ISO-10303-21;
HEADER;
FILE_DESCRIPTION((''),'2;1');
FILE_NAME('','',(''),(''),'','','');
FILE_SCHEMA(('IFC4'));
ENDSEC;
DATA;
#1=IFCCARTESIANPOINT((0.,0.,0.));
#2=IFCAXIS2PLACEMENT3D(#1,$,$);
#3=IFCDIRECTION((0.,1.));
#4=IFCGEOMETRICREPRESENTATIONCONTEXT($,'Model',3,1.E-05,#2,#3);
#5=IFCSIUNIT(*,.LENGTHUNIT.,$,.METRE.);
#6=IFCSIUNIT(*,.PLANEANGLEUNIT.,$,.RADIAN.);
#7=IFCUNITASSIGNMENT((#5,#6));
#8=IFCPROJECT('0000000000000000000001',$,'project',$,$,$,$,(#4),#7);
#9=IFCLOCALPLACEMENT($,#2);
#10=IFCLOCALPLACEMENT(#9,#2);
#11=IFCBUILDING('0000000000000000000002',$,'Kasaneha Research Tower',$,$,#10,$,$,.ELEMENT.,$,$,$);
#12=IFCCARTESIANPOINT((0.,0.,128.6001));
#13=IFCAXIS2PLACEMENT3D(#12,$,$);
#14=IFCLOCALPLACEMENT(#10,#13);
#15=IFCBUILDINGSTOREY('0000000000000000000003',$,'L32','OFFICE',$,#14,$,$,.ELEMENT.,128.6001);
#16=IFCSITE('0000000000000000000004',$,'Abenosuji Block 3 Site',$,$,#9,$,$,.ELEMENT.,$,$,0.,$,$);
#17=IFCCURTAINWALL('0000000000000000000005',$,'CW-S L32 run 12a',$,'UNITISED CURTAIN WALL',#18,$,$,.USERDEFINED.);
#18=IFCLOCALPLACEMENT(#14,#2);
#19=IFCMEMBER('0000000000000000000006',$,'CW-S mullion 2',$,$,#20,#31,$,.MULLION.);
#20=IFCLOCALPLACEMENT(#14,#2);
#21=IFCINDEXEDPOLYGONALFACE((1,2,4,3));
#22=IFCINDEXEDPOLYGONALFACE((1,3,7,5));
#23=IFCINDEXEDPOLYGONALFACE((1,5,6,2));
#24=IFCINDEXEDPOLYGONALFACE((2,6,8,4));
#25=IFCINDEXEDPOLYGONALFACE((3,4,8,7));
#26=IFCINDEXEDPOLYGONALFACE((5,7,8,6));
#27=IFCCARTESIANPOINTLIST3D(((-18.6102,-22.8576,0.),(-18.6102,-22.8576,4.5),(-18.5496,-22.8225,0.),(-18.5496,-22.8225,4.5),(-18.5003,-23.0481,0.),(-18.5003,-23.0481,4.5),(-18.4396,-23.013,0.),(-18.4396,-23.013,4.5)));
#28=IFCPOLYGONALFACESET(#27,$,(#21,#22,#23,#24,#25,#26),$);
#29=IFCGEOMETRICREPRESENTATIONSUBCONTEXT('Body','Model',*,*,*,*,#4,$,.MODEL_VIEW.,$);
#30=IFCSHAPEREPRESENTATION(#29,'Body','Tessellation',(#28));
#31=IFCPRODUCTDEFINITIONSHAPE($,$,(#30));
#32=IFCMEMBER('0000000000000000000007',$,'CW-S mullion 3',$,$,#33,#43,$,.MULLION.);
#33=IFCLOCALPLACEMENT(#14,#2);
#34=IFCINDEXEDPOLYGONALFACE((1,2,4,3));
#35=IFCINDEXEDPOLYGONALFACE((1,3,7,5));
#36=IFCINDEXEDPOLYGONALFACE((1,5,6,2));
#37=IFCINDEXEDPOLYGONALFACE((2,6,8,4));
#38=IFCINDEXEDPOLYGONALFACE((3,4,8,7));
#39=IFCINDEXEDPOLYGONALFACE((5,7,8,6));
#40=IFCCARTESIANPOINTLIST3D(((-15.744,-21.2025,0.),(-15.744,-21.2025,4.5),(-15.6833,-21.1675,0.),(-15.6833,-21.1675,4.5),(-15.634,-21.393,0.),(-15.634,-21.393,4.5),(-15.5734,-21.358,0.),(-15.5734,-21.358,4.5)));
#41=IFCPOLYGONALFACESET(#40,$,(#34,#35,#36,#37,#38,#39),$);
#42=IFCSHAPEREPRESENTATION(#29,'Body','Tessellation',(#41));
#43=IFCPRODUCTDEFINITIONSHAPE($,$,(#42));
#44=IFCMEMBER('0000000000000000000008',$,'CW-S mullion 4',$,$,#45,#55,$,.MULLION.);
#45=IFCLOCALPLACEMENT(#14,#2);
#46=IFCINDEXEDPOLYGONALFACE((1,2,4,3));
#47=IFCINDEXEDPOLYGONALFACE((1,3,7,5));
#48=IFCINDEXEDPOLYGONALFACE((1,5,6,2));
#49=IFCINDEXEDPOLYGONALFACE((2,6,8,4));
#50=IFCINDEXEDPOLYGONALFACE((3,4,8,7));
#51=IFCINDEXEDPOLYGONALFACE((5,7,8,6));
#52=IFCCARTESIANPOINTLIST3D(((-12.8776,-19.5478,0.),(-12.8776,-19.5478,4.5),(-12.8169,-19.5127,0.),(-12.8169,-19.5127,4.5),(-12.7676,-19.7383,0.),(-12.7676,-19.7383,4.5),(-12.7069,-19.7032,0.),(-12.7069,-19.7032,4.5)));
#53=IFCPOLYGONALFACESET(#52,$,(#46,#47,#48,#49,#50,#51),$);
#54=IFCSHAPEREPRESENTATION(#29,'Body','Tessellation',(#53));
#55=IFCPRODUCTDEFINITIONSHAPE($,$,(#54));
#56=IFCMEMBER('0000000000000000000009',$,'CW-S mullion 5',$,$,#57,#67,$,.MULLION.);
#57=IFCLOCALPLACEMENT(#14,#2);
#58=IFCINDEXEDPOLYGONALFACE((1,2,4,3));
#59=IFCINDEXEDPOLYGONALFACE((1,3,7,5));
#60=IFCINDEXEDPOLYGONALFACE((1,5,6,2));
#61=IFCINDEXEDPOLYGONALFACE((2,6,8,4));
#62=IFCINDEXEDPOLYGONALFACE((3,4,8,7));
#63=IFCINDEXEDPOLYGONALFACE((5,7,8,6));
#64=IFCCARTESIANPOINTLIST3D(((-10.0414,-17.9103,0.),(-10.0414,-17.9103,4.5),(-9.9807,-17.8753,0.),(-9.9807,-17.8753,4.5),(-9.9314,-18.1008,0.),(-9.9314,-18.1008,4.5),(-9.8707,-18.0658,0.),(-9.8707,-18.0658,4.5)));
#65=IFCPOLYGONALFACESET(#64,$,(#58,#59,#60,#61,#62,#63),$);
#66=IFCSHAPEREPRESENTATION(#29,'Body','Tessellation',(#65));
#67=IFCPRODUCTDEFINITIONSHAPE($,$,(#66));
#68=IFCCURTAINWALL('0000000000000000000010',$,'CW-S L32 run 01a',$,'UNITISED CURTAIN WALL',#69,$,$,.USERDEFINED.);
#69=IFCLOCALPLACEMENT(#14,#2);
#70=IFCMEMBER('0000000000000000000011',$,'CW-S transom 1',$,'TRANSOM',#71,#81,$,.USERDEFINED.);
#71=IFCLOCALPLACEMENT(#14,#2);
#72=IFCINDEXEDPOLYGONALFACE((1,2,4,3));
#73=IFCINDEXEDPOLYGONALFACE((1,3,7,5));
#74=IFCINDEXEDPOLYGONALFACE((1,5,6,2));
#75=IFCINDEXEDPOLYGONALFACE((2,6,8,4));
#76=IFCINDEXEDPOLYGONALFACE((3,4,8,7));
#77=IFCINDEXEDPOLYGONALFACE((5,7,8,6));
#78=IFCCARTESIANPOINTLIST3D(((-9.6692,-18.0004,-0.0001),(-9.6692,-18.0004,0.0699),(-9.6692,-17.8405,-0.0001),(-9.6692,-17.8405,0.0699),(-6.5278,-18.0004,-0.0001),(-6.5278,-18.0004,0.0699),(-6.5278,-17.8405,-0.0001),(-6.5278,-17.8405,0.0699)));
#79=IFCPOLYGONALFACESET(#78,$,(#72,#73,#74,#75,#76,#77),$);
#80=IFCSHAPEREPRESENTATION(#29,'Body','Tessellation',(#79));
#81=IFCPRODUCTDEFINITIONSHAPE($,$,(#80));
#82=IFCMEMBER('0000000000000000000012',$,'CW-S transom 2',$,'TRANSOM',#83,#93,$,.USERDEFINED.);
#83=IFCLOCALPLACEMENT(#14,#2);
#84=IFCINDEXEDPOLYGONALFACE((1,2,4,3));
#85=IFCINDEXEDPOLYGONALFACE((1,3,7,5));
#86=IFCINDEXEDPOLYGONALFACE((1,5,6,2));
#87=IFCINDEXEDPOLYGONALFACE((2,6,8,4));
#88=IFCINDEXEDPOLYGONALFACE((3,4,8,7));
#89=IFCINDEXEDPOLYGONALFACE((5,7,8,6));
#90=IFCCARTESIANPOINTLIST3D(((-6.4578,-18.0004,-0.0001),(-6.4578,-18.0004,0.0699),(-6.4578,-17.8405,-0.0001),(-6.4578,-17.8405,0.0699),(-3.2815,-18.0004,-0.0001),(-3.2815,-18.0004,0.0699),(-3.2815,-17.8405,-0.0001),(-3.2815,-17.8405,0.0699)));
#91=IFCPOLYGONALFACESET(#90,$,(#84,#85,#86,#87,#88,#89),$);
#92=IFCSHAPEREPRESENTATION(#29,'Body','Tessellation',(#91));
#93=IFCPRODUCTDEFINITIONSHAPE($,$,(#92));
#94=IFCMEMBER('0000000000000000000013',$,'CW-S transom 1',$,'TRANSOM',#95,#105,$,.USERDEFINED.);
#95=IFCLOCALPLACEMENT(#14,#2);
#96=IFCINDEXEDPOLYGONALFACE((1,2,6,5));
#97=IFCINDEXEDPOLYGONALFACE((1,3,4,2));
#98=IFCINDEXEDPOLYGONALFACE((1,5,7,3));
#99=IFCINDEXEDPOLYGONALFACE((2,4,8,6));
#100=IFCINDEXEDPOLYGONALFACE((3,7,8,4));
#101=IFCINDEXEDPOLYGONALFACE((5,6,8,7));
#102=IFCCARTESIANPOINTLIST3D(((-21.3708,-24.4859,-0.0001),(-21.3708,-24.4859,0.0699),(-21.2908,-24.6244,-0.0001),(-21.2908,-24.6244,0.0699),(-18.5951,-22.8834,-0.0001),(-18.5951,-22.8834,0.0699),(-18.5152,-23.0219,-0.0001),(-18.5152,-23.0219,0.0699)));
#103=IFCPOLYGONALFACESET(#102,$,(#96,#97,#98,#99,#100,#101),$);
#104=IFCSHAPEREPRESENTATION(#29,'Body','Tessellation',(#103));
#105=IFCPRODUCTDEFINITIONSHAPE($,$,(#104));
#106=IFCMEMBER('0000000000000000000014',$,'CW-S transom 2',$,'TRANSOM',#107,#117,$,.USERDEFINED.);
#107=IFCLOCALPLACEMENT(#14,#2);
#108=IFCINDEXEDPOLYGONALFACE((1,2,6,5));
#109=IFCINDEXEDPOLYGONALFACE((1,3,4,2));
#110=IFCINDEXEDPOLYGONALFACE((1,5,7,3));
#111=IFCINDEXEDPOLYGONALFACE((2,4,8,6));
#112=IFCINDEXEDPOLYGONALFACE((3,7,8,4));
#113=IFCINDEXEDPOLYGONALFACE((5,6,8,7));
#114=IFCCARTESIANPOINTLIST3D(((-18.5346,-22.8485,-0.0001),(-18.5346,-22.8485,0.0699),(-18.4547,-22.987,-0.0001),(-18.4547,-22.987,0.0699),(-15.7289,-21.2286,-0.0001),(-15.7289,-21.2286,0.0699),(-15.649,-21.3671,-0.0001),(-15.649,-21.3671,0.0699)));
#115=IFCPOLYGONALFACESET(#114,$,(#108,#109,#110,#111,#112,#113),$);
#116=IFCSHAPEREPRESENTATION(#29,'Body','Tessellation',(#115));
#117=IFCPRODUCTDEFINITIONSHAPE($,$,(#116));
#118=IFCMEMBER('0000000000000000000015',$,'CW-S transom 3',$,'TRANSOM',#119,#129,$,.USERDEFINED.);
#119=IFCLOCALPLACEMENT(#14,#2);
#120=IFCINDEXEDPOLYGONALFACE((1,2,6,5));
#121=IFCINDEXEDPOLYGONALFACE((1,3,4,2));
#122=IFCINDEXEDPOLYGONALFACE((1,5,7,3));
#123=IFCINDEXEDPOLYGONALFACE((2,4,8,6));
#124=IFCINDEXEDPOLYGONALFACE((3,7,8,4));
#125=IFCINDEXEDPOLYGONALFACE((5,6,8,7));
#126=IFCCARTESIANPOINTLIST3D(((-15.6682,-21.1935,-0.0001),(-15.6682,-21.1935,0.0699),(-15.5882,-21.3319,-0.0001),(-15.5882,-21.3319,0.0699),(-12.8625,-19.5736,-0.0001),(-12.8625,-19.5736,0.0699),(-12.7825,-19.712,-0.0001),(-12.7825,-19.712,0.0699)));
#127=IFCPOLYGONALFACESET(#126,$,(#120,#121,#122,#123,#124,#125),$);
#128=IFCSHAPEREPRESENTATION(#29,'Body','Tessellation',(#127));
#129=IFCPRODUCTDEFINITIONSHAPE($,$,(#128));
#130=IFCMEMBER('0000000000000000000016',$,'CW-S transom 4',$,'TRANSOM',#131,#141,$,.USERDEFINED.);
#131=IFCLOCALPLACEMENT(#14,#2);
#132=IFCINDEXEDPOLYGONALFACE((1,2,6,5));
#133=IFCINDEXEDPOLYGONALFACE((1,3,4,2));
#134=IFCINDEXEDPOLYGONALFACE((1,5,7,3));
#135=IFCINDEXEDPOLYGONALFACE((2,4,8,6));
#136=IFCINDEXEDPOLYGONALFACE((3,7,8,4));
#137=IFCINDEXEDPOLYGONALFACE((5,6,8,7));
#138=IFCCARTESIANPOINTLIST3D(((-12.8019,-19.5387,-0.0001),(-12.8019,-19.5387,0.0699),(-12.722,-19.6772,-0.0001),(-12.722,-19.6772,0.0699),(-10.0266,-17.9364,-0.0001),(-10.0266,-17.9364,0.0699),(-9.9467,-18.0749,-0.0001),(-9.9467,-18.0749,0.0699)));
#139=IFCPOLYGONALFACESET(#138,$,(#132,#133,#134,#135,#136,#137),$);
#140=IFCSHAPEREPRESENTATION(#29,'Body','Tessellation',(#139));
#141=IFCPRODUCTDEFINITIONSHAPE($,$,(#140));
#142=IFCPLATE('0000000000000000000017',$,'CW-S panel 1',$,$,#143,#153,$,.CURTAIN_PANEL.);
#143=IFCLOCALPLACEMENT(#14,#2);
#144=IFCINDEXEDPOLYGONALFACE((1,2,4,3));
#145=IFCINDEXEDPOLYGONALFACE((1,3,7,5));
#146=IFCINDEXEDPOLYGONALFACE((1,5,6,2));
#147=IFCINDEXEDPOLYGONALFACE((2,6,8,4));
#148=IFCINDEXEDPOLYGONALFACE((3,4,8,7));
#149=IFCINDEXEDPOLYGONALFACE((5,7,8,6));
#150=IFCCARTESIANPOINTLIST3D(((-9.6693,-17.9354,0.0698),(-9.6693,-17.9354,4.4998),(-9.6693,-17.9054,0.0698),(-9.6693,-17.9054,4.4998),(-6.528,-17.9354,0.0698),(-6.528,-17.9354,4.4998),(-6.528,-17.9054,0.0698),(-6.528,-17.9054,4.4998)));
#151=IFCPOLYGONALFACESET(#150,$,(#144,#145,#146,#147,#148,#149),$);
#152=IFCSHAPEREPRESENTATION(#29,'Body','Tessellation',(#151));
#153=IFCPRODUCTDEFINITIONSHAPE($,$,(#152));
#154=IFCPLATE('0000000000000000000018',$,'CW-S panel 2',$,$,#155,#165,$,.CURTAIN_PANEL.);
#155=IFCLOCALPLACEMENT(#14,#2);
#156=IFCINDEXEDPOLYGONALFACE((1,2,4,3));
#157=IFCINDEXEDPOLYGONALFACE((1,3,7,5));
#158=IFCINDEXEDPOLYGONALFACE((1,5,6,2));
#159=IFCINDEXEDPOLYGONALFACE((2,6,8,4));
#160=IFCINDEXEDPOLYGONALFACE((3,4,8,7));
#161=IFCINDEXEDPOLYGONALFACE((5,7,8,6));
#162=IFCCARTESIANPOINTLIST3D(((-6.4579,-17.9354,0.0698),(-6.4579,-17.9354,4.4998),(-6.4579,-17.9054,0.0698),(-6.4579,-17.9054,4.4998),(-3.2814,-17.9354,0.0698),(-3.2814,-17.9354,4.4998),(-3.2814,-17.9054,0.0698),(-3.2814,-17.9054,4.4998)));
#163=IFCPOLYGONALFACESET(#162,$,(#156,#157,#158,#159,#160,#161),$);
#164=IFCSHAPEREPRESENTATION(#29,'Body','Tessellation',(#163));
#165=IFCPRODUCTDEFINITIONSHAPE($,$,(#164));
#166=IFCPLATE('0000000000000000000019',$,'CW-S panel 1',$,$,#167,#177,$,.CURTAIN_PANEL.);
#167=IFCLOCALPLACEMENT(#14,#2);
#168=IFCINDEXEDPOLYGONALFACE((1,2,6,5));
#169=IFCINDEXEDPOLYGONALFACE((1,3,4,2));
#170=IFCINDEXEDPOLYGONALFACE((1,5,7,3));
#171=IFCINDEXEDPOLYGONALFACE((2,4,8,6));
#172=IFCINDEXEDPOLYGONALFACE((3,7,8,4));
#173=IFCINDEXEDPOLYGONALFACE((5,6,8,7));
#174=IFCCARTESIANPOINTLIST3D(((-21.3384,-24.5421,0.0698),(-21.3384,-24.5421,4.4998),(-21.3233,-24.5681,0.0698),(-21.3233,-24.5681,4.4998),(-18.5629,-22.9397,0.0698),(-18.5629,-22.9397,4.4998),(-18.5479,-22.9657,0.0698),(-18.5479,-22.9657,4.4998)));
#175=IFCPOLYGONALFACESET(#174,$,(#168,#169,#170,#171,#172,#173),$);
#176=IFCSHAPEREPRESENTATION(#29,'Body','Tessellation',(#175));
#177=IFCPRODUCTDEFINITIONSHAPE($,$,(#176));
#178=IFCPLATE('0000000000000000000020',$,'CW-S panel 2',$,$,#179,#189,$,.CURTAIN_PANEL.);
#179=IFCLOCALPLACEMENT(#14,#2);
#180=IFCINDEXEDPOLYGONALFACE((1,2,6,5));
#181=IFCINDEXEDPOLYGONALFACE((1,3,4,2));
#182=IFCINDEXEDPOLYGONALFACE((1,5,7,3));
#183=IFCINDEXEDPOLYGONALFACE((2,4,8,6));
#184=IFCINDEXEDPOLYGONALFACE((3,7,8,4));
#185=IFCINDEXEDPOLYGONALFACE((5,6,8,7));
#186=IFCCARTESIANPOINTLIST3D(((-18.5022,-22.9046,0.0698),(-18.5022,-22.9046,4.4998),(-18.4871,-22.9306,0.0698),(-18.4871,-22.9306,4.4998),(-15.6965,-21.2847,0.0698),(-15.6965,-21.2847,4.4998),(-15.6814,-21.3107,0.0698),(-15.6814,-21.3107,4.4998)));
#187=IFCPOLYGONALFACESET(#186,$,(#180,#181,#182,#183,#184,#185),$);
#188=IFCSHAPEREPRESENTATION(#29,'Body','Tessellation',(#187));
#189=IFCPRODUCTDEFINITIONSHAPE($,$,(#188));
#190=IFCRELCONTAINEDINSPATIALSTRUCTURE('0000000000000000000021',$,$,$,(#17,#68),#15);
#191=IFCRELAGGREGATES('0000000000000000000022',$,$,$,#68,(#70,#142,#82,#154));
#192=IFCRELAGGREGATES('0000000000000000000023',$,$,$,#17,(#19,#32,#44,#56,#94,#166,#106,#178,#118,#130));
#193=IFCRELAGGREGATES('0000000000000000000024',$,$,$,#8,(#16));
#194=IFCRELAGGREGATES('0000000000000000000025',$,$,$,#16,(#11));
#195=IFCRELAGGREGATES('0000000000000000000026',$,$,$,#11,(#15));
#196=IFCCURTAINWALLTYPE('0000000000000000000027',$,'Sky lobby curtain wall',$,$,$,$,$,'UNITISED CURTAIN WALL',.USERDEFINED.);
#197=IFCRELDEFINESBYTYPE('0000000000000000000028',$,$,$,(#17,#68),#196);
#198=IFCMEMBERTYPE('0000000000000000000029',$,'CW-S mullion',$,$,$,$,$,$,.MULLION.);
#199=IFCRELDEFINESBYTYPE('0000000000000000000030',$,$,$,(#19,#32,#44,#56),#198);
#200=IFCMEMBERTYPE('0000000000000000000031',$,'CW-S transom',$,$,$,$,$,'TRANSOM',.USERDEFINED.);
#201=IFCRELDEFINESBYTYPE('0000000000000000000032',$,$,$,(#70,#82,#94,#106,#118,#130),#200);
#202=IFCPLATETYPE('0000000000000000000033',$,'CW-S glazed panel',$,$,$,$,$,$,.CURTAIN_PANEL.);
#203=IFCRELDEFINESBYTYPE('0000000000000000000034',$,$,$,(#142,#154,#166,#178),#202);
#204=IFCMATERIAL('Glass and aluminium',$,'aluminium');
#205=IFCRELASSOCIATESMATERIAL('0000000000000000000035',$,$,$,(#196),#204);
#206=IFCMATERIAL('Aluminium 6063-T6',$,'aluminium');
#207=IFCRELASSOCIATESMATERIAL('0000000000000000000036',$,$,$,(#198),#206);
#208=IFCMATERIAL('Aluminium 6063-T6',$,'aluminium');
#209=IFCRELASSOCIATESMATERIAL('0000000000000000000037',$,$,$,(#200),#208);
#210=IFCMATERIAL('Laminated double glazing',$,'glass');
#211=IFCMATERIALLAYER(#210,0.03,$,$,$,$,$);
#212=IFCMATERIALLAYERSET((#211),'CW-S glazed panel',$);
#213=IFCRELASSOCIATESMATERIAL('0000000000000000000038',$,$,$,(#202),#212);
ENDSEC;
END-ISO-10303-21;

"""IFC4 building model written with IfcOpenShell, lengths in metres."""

from ifc_helpers import new_model, si_unit, direction, frame, origin, origin_2d, place, context, subcontext, project, spatial, rectangle, extrude, material, layer, layer_set, material_profile, profile_set, type_object, element, aggregate, save


model = new_model("IFC4")

# Units and contexts
model_context = context("Model", 3, precision=1e-05, world=origin(), true_north=direction((0.0, 1.0)))
body_context = subcontext(model_context, "Body", "Model", "MODEL_VIEW")
ifc_project = project(units=[si_unit("LENGTHUNIT", "METRE"), si_unit("PLANEANGLEUNIT", "RADIAN")], contexts=[model_context])

# Site, building, storey
site_placement = place(None, origin())
site = spatial("IfcSite", under=ifc_project, at=site_placement, Name="Abenosuji Block 3 Site", CompositionType="ELEMENT", RefElevation=0.0)
building_placement = place(site_placement, origin())
building = spatial("IfcBuilding", under=site, at=building_placement, Name="Kasaneha Research Tower", CompositionType="ELEMENT")
storey_placement = place(building_placement, frame((0.0, 0.0, 128.6001)))
storey = spatial("IfcBuildingStorey", under=building, at=storey_placement, Name="L32", Description="OFFICE", CompositionType="ELEMENT", Elevation=128.6001)

# Curtain walls, members
ifc_material_1 = material(Name="Glass and aluminium", Category="aluminium")
curtain_wall_type = type_object("IfcCurtainWallType", Name="Sky lobby curtain wall", ElementType="UNITISED CURTAIN WALL", PredefinedType="USERDEFINED", material=ifc_material_1)
curtain_wall_1_placement = place(storey_placement, origin())
curtain_wall_1 = element("IfcCurtainWall", 1, at=curtain_wall_1_placement, inside=storey, type_object=curtain_wall_type, Name="CW-S L32 run 12a", ObjectType="UNITISED CURTAIN WALL", PredefinedType="USERDEFINED")
ifc_material_2 = material(Name="Aluminium 6063-T6", Category="aluminium")
ifc_material_profile_1 = material_profile(ifc_material_2, rectangle(XDim=0.0701, YDim=0.22, at=origin_2d()), Name="CW-S mullion 70x220")
ifc_profile_set_1 = profile_set([ifc_material_profile_1], Name="Aluminium 6063-T6")
member_type_1 = type_object("IfcMemberType", Name="CW-S mullion", PredefinedType="MULLION", material=ifc_profile_set_1)
member_1_placement = place(storey_placement, frame((-18.5249, -22.9353, 0.0), z_axis=(0.0, 0.0, 1.0), x_axis=(0.866025, 0.5, 0.0)))
member_1 = element("IfcMember", 2, at=member_1_placement, type_object=member_type_1, Name="CW-S mullion 2", PredefinedType="MULLION", context=body_context, shape_type="SweptSolid", body=[
    extrude(rectangle(XDim=0.0701, YDim=0.22, at=origin_2d()), origin(), (0.0, 0.0, 1.0), 4.5),
])
member_2_placement = place(storey_placement, frame((-15.6587, -21.2803, 0.0), z_axis=(0.0, 0.0, 1.0), x_axis=(0.866025, 0.5, 0.0)))
member_2 = element("IfcMember", 3, at=member_2_placement, type_object=member_type_1, Name="CW-S mullion 3", PredefinedType="MULLION", context=body_context, shape_type="SweptSolid", body=[
    extrude(rectangle(XDim=0.0701, YDim=0.22, at=origin_2d()), origin(), (0.0, 0.0, 1.0), 4.5),
])
member_3_placement = place(storey_placement, frame((-12.7922, -19.6255, 0.0), z_axis=(0.0, 0.0, 1.0), x_axis=(0.866025, 0.5, 0.0)))
member_3 = element("IfcMember", 4, at=member_3_placement, type_object=member_type_1, Name="CW-S mullion 4", PredefinedType="MULLION", context=body_context, shape_type="SweptSolid", body=[
    extrude(rectangle(XDim=0.0701, YDim=0.22, at=origin_2d()), origin(), (0.0, 0.0, 1.0), 4.5),
])
member_4_placement = place(storey_placement, frame((-9.9561, -17.988, 0.0), z_axis=(0.0, 0.0, 1.0), x_axis=(0.866025, 0.5, 0.0)))
member_4 = element("IfcMember", 5, at=member_4_placement, type_object=member_type_1, Name="CW-S mullion 5", PredefinedType="MULLION", context=body_context, shape_type="SweptSolid", body=[
    extrude(rectangle(XDim=0.0701, YDim=0.22, at=origin_2d()), origin(), (0.0, 0.0, 1.0), 4.5),
])
curtain_wall_2_placement = place(storey_placement, origin())
curtain_wall_2 = element("IfcCurtainWall", 6, at=curtain_wall_2_placement, inside=storey, type_object=curtain_wall_type, Name="CW-S L32 run 01a", ObjectType="UNITISED CURTAIN WALL", PredefinedType="USERDEFINED")
ifc_material_3 = material(Name="Aluminium 6063-T6", Category="aluminium")
ifc_material_profile_2 = material_profile(ifc_material_3, rectangle(XDim=0.1599, YDim=0.0701, at=origin_2d()), Name="CW-S transom 160x70")
ifc_profile_set_2 = profile_set([ifc_material_profile_2], Name="Aluminium 6063-T6")
member_type_2 = type_object("IfcMemberType", Name="CW-S transom", ElementType="TRANSOM", PredefinedType="USERDEFINED", material=ifc_profile_set_2)
member_5_placement = place(storey_placement, frame((-9.6692, -17.9204, 0.0349), z_axis=(1.0, 0.0, 0.0), x_axis=(0.0, 1.0, 0.0)))
member_5 = element("IfcMember", 7, at=member_5_placement, type_object=member_type_2, Name="CW-S transom 1", ObjectType="TRANSOM", PredefinedType="USERDEFINED", context=body_context, shape_type="SweptSolid", body=[
    extrude(rectangle(XDim=0.1599, YDim=0.0701, at=origin_2d()), origin(), (0.0, 0.0, 1.0), 3.1414),
])
member_6_placement = place(storey_placement, frame((-6.4578, -17.9204, 0.0349), z_axis=(1.0, 0.0, 0.0), x_axis=(0.0, 1.0, 0.0)))
member_6 = element("IfcMember", 8, at=member_6_placement, type_object=member_type_2, Name="CW-S transom 2", ObjectType="TRANSOM", PredefinedType="USERDEFINED", context=body_context, shape_type="SweptSolid", body=[
    extrude(rectangle(XDim=0.1599, YDim=0.0701, at=origin_2d()), origin(), (0.0, 0.0, 1.0), 3.1763),
])

# Members
member_7_placement = place(storey_placement, frame((-21.3308, -24.5552, 0.0349), z_axis=(0.866022, 0.500006, 0.0), x_axis=(-0.500006, 0.866022, 0.0)))
member_7 = element("IfcMember", 9, at=member_7_placement, type_object=member_type_2, Name="CW-S transom 1", ObjectType="TRANSOM", PredefinedType="USERDEFINED", context=body_context, shape_type="SweptSolid", body=[
    extrude(rectangle(XDim=0.1599, YDim=0.0701, at=origin_2d()), origin(), (0.0, 0.0, 1.0), 3.2051),
])
member_8_placement = place(storey_placement, frame((-18.4946, -22.9177, 0.0349), z_axis=(0.866022, 0.500005, 0.0), x_axis=(-0.500005, 0.866022, 0.0)))
member_8 = element("IfcMember", 10, at=member_8_placement, type_object=member_type_2, Name="CW-S transom 2", ObjectType="TRANSOM", PredefinedType="USERDEFINED", context=body_context, shape_type="SweptSolid", body=[
    extrude(rectangle(XDim=0.1599, YDim=0.0701, at=origin_2d()), origin(), (0.0, 0.0, 1.0), 3.2397),
])
member_9_placement = place(storey_placement, frame((-15.6282, -21.2627, 0.0349), z_axis=(0.866022, 0.500005, 0.0), x_axis=(-0.500005, 0.866022, 0.0)))
member_9 = element("IfcMember", 11, at=member_9_placement, type_object=member_type_2, Name="CW-S transom 3", ObjectType="TRANSOM", PredefinedType="USERDEFINED", context=body_context, shape_type="SweptSolid", body=[
    extrude(rectangle(XDim=0.1599, YDim=0.0701, at=origin_2d()), origin(), (0.0, 0.0, 1.0), 3.2397),
])
member_10_placement = place(storey_placement, frame((-12.762, -19.6079, 0.0349), z_axis=(0.866036, 0.499982, 0.0), x_axis=(-0.499982, 0.866036, 0.0)))
member_10 = element("IfcMember", 12, at=member_10_placement, type_object=member_type_2, Name="CW-S transom 4", ObjectType="TRANSOM", PredefinedType="USERDEFINED", context=body_context, shape_type="SweptSolid", body=[
    extrude(rectangle(XDim=0.1599, YDim=0.0701, at=origin_2d()), origin(), (0.0, 0.0, 1.0), 3.2046),
])

# Plates
ifc_material_4 = material(Name="Laminated double glazing", Category="glass")
ifc_layer_1 = layer(ifc_material_4, 0.03)
ifc_layer_set_1 = layer_set([ifc_layer_1], Name="CW-S glazed panel")
plate_type = type_object("IfcPlateType", Name="CW-S glazed panel", PredefinedType="CURTAIN_PANEL", material=ifc_layer_set_1)
plate_1_placement = place(storey_placement, frame((-8.0986, -17.9204, 0.0698), z_axis=(0.0, 0.0, 1.0), x_axis=(1.0, 0.0, 0.0)))
plate_1 = element("IfcPlate", 13, at=plate_1_placement, type_object=plate_type, Name="CW-S panel 1", PredefinedType="CURTAIN_PANEL", context=body_context, shape_type="SweptSolid", body=[
    extrude(rectangle(XDim=3.1414, YDim=0.03, at=origin_2d()), origin(), (0.0, 0.0, 1.0), 4.4299),
])
plate_2_placement = place(storey_placement, frame((-4.8696, -17.9204, 0.0698), z_axis=(0.0, 0.0, 1.0), x_axis=(1.0, 0.0, 0.0)))
plate_2 = element("IfcPlate", 14, at=plate_2_placement, type_object=plate_type, Name="CW-S panel 2", PredefinedType="CURTAIN_PANEL", context=body_context, shape_type="SweptSolid", body=[
    extrude(rectangle(XDim=3.1765, YDim=0.03, at=origin_2d()), origin(), (0.0, 0.0, 1.0), 4.4299),
])
aggregate(curtain_wall_2, [member_5, plate_1, member_6, plate_2])
plate_3_placement = place(storey_placement, frame((-19.9431, -23.7539, 0.0698), z_axis=(0.0, 0.0, 1.0), x_axis=(0.866025, 0.5, 0.0)))
plate_3 = element("IfcPlate", 15, at=plate_3_placement, type_object=plate_type, Name="CW-S panel 1", PredefinedType="CURTAIN_PANEL", context=body_context, shape_type="SweptSolid", body=[
    extrude(rectangle(XDim=3.2048, YDim=0.03, at=origin_2d()), origin(), (0.0, 0.0, 1.0), 4.4299),
])
plate_4_placement = place(storey_placement, frame((-17.0918, -22.1077, 0.0698), z_axis=(0.0, 0.0, 1.0), x_axis=(0.866025, 0.5, 0.0)))
plate_4 = element("IfcPlate", 16, at=plate_4_placement, type_object=plate_type, Name="CW-S panel 2", PredefinedType="CURTAIN_PANEL", context=body_context, shape_type="SweptSolid", body=[
    extrude(rectangle(XDim=3.2397, YDim=0.03, at=origin_2d()), origin(), (0.0, 0.0, 1.0), 4.4299),
])
aggregate(curtain_wall_1, [member_1, member_2, member_3, member_4, member_7, plate_3, member_8, plate_4, member_9, member_10])

save(model, "model.ifc")
